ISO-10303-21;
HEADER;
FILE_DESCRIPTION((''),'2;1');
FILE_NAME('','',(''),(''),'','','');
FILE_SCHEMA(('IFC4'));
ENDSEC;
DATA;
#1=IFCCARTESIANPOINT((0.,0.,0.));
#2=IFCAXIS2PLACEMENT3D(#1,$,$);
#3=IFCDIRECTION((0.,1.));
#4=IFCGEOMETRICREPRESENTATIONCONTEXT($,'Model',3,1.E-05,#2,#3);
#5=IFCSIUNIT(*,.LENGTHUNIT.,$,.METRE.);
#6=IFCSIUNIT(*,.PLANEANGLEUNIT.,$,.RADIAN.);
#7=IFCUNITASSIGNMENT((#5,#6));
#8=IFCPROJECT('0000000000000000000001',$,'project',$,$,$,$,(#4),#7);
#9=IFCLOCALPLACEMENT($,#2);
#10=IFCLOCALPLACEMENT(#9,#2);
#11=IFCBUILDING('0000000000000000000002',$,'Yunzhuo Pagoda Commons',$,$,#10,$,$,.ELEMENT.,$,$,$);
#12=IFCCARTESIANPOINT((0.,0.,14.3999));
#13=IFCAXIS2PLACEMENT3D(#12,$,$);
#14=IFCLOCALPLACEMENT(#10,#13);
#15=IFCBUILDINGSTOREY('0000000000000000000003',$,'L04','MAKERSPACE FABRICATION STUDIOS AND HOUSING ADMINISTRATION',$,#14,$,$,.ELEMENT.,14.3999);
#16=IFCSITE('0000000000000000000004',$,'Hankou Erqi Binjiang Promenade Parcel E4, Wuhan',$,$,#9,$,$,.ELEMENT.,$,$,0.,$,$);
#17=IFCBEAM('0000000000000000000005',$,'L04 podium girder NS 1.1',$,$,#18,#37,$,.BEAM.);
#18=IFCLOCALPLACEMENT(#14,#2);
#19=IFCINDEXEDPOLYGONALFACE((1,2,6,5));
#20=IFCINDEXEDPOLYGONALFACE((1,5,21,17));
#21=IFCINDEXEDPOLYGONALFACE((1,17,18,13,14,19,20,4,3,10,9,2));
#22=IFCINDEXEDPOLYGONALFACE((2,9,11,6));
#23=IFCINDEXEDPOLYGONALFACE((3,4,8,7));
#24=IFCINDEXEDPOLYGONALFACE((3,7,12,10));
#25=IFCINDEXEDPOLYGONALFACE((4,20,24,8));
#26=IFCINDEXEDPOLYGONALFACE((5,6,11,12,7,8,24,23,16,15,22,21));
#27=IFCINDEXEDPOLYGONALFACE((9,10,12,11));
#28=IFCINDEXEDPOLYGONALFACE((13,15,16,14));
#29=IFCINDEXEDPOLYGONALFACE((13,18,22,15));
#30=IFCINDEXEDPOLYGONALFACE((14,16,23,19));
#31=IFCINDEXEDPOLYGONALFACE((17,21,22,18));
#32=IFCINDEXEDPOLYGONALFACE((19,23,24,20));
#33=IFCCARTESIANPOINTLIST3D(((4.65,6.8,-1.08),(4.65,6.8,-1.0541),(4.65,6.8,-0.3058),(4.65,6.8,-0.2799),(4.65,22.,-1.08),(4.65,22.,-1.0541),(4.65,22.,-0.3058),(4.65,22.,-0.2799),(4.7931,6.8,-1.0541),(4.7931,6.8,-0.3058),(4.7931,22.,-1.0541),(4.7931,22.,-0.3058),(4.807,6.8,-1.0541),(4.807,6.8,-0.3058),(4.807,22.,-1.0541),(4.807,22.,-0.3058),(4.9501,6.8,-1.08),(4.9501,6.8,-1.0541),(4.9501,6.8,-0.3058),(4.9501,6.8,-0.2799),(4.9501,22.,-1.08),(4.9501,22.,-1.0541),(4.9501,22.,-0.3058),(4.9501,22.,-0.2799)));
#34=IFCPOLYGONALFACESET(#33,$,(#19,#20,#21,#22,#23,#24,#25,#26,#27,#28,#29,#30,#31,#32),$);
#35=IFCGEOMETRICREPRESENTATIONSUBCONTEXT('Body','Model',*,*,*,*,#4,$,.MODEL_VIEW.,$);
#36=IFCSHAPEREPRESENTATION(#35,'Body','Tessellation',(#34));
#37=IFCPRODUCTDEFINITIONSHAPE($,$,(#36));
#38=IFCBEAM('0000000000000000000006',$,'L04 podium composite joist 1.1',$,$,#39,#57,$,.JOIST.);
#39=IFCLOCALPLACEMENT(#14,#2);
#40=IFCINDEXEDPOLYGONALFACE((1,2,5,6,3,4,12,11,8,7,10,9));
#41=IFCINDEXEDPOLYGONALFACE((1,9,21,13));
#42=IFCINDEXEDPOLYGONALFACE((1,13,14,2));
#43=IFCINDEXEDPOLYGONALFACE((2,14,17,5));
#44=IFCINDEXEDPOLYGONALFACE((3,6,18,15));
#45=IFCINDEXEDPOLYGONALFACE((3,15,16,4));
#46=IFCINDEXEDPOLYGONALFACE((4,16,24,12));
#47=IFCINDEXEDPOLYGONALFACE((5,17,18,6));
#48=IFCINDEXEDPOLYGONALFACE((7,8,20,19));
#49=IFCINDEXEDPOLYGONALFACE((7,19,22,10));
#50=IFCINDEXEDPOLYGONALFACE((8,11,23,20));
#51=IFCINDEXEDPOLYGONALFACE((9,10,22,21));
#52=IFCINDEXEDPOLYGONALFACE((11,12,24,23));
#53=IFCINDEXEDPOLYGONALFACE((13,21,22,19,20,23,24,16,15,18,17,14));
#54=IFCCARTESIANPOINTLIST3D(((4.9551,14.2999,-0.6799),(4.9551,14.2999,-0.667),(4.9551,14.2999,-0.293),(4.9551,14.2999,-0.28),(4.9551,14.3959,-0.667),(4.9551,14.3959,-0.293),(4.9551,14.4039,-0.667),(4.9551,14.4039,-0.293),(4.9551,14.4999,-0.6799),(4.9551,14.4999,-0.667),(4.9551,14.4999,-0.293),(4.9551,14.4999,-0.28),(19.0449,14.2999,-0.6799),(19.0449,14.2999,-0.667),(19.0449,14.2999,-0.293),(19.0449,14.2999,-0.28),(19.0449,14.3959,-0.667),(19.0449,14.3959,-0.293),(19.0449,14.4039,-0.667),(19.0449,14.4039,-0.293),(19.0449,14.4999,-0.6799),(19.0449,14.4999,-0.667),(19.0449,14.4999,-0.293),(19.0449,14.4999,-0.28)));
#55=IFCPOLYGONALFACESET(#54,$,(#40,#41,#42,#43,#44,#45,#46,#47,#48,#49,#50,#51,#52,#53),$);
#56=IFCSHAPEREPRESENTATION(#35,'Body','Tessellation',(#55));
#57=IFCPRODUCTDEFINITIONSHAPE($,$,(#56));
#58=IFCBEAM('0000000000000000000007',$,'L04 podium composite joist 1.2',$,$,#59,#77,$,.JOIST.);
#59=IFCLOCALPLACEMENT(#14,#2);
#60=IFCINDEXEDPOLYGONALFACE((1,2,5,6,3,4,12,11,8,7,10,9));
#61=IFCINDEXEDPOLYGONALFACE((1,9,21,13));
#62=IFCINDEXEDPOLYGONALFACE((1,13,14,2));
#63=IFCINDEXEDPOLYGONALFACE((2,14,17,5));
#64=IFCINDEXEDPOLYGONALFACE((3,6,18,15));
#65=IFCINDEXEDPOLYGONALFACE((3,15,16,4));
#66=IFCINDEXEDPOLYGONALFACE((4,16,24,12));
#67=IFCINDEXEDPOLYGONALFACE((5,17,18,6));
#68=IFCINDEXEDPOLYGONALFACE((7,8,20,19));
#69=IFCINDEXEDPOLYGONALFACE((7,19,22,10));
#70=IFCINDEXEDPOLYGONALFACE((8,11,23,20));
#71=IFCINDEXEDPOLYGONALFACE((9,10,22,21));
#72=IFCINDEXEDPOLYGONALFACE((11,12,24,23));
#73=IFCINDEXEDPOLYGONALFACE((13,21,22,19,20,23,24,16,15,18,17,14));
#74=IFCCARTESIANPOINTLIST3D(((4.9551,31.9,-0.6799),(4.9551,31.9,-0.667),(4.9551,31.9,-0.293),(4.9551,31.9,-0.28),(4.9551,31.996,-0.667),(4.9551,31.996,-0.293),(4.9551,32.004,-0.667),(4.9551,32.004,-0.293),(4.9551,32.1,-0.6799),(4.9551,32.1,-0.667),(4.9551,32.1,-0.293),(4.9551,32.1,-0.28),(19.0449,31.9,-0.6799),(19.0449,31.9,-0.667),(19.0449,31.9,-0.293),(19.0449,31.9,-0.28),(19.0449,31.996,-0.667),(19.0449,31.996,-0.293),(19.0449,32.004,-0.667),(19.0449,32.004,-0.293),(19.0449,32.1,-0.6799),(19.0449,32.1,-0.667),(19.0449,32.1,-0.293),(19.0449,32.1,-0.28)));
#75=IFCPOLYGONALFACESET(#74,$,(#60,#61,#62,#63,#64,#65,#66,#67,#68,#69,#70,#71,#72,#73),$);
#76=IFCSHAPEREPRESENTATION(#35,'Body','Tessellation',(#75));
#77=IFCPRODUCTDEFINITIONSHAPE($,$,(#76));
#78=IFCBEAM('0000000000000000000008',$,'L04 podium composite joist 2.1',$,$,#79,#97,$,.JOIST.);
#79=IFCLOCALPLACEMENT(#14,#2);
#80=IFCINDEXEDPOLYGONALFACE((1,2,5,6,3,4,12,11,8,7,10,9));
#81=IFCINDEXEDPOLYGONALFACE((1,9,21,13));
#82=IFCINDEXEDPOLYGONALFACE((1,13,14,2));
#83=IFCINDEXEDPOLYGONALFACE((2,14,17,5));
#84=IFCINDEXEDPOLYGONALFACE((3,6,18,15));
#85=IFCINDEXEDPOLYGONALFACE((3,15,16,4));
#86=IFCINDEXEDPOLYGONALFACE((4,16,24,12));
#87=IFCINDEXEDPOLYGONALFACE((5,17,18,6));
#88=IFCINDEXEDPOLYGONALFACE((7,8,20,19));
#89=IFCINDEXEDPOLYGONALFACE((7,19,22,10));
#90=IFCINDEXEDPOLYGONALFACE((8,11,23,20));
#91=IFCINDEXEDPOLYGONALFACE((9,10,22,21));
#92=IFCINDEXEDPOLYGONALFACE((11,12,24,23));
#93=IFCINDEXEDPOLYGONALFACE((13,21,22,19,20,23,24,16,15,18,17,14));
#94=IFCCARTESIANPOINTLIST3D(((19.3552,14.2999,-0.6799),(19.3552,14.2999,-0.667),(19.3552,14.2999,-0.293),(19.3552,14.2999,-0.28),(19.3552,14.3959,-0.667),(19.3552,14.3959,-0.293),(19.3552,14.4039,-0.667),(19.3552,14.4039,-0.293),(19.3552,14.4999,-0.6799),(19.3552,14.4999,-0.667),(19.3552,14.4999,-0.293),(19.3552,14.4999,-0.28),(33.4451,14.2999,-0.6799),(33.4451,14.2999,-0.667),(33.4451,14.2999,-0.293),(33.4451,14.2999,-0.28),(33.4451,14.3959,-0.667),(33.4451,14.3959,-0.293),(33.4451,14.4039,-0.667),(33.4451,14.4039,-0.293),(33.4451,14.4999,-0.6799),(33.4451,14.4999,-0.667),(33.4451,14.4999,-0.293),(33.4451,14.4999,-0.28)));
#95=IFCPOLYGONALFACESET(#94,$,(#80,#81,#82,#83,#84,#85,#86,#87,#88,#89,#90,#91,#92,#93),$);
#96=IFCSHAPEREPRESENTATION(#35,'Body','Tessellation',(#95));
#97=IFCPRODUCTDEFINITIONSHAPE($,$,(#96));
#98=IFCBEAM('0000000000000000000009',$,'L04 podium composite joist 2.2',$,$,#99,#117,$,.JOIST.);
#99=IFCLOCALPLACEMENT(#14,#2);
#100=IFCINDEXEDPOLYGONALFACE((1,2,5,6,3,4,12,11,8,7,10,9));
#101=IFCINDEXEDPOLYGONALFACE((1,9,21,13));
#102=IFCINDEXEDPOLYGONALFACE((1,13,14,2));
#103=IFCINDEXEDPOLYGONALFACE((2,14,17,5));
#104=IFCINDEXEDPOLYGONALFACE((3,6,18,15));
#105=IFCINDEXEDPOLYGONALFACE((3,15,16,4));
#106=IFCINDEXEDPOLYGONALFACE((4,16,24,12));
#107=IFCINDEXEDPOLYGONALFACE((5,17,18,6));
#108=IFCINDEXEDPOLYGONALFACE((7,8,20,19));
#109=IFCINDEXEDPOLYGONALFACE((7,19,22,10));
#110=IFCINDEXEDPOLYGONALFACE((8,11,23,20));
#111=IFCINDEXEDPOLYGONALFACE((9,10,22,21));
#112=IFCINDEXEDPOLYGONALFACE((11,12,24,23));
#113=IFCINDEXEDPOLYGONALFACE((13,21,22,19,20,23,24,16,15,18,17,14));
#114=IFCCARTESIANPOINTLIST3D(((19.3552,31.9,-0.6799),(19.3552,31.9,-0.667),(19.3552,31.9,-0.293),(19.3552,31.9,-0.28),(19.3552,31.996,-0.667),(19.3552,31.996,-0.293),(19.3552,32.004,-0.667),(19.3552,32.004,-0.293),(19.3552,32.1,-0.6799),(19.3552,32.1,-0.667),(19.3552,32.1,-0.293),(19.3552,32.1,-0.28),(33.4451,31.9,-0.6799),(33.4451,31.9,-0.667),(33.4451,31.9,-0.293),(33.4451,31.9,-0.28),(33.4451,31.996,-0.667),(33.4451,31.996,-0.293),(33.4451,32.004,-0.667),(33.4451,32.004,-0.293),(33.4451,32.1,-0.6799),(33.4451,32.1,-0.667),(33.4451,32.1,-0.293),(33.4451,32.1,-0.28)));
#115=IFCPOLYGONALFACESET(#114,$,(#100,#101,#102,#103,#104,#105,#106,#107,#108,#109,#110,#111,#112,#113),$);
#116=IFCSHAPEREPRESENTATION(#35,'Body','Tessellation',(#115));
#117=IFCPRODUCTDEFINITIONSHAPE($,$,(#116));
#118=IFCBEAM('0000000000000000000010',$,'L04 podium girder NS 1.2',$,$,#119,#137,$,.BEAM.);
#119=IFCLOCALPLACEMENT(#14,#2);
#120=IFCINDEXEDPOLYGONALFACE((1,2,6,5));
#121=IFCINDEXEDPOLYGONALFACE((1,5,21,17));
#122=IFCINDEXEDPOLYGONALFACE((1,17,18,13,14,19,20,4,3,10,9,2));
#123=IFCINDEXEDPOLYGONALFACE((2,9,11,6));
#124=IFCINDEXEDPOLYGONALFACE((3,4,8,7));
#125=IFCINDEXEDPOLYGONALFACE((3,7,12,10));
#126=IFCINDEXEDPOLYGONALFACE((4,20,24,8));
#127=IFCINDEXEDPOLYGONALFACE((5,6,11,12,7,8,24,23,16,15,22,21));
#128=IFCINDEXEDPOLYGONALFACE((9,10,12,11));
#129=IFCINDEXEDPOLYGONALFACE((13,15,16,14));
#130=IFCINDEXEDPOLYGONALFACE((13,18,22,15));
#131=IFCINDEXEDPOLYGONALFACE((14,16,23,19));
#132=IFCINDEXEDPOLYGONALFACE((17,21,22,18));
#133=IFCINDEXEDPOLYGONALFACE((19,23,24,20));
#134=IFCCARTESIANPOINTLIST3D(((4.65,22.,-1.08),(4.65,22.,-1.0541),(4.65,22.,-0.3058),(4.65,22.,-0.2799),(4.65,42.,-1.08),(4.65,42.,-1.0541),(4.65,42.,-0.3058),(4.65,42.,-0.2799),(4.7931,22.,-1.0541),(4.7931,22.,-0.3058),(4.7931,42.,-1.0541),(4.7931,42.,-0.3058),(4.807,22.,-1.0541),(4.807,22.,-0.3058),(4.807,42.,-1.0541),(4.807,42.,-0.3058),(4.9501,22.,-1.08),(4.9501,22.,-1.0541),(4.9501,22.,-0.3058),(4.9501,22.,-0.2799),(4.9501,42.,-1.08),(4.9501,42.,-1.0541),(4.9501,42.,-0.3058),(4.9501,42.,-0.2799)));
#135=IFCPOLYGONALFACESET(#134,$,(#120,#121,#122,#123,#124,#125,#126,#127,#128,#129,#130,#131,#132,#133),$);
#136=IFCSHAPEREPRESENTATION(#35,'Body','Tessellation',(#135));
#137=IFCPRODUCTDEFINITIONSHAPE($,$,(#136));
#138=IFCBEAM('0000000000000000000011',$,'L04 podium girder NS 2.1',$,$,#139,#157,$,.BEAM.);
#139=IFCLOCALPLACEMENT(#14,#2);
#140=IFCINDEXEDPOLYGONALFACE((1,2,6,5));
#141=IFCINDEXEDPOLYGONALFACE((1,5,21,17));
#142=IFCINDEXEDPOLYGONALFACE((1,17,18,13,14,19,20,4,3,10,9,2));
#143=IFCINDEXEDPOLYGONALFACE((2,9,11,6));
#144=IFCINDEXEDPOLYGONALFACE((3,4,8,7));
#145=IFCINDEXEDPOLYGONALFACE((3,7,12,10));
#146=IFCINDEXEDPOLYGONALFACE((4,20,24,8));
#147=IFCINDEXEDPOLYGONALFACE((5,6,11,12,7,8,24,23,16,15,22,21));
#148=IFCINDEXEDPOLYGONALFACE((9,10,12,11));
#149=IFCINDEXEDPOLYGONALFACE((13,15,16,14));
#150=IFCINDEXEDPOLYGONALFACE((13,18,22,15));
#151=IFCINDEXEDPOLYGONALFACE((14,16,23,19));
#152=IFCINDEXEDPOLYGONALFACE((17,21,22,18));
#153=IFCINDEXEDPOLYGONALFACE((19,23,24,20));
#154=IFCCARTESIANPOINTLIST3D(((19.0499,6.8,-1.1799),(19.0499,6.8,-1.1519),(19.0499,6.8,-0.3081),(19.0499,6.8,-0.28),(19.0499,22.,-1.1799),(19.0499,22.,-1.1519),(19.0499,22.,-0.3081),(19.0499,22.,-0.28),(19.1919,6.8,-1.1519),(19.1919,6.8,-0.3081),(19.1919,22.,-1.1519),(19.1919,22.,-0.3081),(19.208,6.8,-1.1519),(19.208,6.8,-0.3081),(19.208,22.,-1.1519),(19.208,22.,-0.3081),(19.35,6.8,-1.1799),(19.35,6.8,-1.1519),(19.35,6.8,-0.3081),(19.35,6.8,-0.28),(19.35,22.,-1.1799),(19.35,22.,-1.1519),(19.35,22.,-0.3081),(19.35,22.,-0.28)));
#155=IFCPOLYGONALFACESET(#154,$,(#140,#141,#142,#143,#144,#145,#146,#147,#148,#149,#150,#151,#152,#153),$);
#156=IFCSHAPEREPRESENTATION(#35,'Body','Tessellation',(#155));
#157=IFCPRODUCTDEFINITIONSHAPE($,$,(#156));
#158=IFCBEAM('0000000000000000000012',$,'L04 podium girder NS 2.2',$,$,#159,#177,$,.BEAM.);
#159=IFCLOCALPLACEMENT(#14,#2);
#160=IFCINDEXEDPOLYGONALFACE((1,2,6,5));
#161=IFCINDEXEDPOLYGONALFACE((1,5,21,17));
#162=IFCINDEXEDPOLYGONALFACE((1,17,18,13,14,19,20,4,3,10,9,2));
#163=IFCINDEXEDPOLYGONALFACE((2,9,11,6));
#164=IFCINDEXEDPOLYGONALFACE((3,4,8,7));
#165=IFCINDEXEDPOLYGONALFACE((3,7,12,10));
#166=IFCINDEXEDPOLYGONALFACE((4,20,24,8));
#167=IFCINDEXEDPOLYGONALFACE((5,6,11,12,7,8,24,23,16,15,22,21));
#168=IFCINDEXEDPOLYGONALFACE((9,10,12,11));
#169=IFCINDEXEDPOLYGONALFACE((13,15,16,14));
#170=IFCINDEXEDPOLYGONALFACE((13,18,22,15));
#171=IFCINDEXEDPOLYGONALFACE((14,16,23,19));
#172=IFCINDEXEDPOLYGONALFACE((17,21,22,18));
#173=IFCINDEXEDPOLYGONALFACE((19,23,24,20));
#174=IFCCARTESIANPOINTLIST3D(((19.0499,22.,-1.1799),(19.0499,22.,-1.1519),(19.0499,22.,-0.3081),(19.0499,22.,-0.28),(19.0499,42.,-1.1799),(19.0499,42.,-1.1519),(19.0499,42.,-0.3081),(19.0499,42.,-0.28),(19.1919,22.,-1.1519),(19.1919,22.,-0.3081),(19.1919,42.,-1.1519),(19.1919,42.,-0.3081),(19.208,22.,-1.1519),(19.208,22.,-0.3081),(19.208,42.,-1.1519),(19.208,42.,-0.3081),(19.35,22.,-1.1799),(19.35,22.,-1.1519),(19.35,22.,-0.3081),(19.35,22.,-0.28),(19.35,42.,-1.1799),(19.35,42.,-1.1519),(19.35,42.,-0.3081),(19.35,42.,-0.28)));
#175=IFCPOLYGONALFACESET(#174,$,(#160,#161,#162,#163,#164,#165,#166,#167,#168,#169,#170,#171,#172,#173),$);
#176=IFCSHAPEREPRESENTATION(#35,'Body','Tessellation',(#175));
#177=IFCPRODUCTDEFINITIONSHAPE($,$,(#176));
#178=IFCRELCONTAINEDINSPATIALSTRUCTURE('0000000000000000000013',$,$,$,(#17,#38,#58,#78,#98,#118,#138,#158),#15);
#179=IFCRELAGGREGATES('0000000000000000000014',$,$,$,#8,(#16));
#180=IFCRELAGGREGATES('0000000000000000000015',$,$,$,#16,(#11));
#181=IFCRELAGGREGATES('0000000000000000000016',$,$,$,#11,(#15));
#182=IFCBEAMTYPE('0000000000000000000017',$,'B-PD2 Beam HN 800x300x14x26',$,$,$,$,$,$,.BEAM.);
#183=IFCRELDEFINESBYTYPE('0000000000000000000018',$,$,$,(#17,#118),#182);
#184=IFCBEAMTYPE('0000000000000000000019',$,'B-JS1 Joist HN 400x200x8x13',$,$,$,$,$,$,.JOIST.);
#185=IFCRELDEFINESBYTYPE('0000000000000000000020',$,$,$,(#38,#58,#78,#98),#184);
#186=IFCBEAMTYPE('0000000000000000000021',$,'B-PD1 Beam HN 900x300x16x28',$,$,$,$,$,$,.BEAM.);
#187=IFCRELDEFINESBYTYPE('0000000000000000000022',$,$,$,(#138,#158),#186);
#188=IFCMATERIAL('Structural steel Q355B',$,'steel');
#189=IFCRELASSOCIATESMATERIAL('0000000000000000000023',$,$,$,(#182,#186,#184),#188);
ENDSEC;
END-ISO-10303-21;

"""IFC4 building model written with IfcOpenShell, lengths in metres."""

from ifc_helpers import new_model, si_unit, direction, frame, origin, origin_2d, place, context, subcontext, project, spatial, i_section, extrude, source, transform, mapped, material, material_profile, profile_set, type_object, element, save


model = new_model("IFC4")

# Units and contexts
model_context = context("Model", 3, precision=1e-05, world=origin(), true_north=direction((0.0, 1.0)))
body_context = subcontext(model_context, "Body", "Model", "MODEL_VIEW")
ifc_project = project(units=[si_unit("LENGTHUNIT", "METRE"), si_unit("PLANEANGLEUNIT", "RADIAN")], contexts=[model_context])

# Site, building, storey
site_placement = place(None, origin())
site = spatial("IfcSite", under=ifc_project, at=site_placement, Name="Hankou Erqi Binjiang Promenade Parcel E4, Wuhan", CompositionType="ELEMENT", RefElevation=0.0)
building_placement = place(site_placement, origin())
building = spatial("IfcBuilding", under=site, at=building_placement, Name="Yunzhuo Pagoda Commons", CompositionType="ELEMENT")
storey_placement = place(building_placement, frame((0.0, 0.0, 14.3999)))
storey = spatial("IfcBuildingStorey", under=building, at=storey_placement, Name="L04", Description="MAKERSPACE FABRICATION STUDIOS AND HOUSING ADMINISTRATION", CompositionType="ELEMENT", Elevation=14.3999)

# Beams
ifc_material_1 = material(Name="Structural steel Q355B", Category="steel")
ifc_material_profile_1 = material_profile(ifc_material_1, i_section(OverallWidth=0.3, OverallDepth=0.8, WebThickness=0.0139, FlangeThickness=0.0259, at=origin_2d()), Name="Structural steel Q355B")
ifc_profile_set_1 = profile_set([ifc_material_profile_1], Name="Structural steel Q355B")
beam_type_1 = type_object("IfcBeamType", Name="B-PD2 Beam HN 800x300x14x26", PredefinedType="BEAM", material=ifc_profile_set_1)
ifc_material_profile_2 = material_profile(ifc_material_1, i_section(OverallWidth=0.3, OverallDepth=0.8999, WebThickness=0.0161, FlangeThickness=0.0281, at=origin_2d()), Name="Structural steel Q355B")
ifc_profile_set_2 = profile_set([ifc_material_profile_2], Name="Structural steel Q355B")
beam_type_2 = type_object("IfcBeamType", Name="B-PD1 Beam HN 900x300x16x28", PredefinedType="BEAM", material=ifc_profile_set_2)
shared_shape_1 = source(origin(), body_context, "Body", "SweptSolid", [
    extrude(i_section(OverallWidth=0.3, OverallDepth=0.8, WebThickness=0.0139, FlangeThickness=0.0259, at=origin_2d()), origin(), (0.0, 0.0, 1.0), 15.2),
])
beam_1_placement = place(storey_placement, frame((4.8, 6.8, -0.6799), z_axis=(0.0, 1.0, 0.0), x_axis=(-1.0, 0.0, 0.0)))
element("IfcBeam", 1, at=beam_1_placement, inside=storey, type_object=beam_type_1, Name="L04 podium girder NS 1.1", PredefinedType="BEAM", context=body_context, shape_type="MappedRepresentation", body=[
    mapped(shared_shape_1, transform((0.0, 0.0, 0.0), scale=1.0)),
])
ifc_material_profile_3 = material_profile(ifc_material_1, i_section(OverallWidth=0.2, OverallDepth=0.3999, WebThickness=0.0081, FlangeThickness=0.0129, at=origin_2d()), Name="Structural steel Q355B")
ifc_profile_set_3 = profile_set([ifc_material_profile_3], Name="Structural steel Q355B")
beam_type_3 = type_object("IfcBeamType", Name="B-JS1 Joist HN 400x200x8x13", PredefinedType="JOIST", material=ifc_profile_set_3)
shared_shape_2 = source(origin(), body_context, "Body", "SweptSolid", [
    extrude(i_section(OverallWidth=0.2, OverallDepth=0.3999, WebThickness=0.0081, FlangeThickness=0.0129, at=origin_2d()), origin(), (0.0, 0.0, 1.0), 14.0898),
])
for number, where, z_axis, x_axis, name in (
    (2, (4.9551, 14.3999, -0.48), (1.0, 0.0, 0.0), (0.0, 1.0, 0.0), "L04 podium composite joist 1.1"),
    (3, (4.9551, 32.0, -0.48), (1.0, 0.0, 0.0), (0.0, 1.0, 0.0), "L04 podium composite joist 1.2"),
    (4, (19.3552, 14.3999, -0.48), (1.0, 0.0, 0.0), (0.0, 1.0, 0.0), "L04 podium composite joist 2.1"),
    (5, (19.3552, 32.0, -0.48), (1.0, 0.0, 0.0), (0.0, 1.0, 0.0), "L04 podium composite joist 2.2"),
):
    element("IfcBeam", number, at=place(storey_placement, frame(where, z_axis=z_axis, x_axis=x_axis)), inside=storey, type_object=beam_type_3, Name=name, PredefinedType="JOIST", context=body_context, shape_type="MappedRepresentation", body=[
        mapped(shared_shape_2, transform((0.0, 0.0, 0.0), scale=1.0)),
    ])
shared_shape_3 = source(origin(), body_context, "Body", "SweptSolid", [
    extrude(i_section(OverallWidth=0.3, OverallDepth=0.8, WebThickness=0.0139, FlangeThickness=0.0259, at=origin_2d()), origin(), (0.0, 0.0, 1.0), 20.0),
])
beam_2_placement = place(storey_placement, frame((4.8, 22.0, -0.6799), z_axis=(0.0, 1.0, 0.0), x_axis=(-1.0, 0.0, 0.0)))
element("IfcBeam", 6, at=beam_2_placement, inside=storey, type_object=beam_type_1, Name="L04 podium girder NS 1.2", PredefinedType="BEAM", context=body_context, shape_type="MappedRepresentation", body=[
    mapped(shared_shape_3, transform((0.0, 0.0, 0.0), scale=1.0)),
])
shared_shape_4 = source(origin(), body_context, "Body", "SweptSolid", [
    extrude(i_section(OverallWidth=0.3, OverallDepth=0.8999, WebThickness=0.0161, FlangeThickness=0.0281, at=origin_2d()), origin(), (0.0, 0.0, 1.0), 15.2),
])
beam_3_placement = place(storey_placement, frame((19.2, 6.8, -0.73), z_axis=(0.0, 1.0, 0.0), x_axis=(-1.0, 0.0, 0.0)))
element("IfcBeam", 7, at=beam_3_placement, inside=storey, type_object=beam_type_2, Name="L04 podium girder NS 2.1", PredefinedType="BEAM", context=body_context, shape_type="MappedRepresentation", body=[
    mapped(shared_shape_4, transform((0.0, 0.0, 0.0), scale=1.0)),
])
shared_shape_5 = source(origin(), body_context, "Body", "SweptSolid", [
    extrude(i_section(OverallWidth=0.3, OverallDepth=0.8999, WebThickness=0.0161, FlangeThickness=0.0281, at=origin_2d()), origin(), (0.0, 0.0, 1.0), 20.0),
])
beam_4_placement = place(storey_placement, frame((19.2, 22.0, -0.73), z_axis=(0.0, 1.0, 0.0), x_axis=(-1.0, 0.0, 0.0)))
element("IfcBeam", 8, at=beam_4_placement, inside=storey, type_object=beam_type_2, Name="L04 podium girder NS 2.2", PredefinedType="BEAM", context=body_context, shape_type="MappedRepresentation", body=[
    mapped(shared_shape_5, transform((0.0, 0.0, 0.0), scale=1.0)),
])

save(model, "model.ifc")
